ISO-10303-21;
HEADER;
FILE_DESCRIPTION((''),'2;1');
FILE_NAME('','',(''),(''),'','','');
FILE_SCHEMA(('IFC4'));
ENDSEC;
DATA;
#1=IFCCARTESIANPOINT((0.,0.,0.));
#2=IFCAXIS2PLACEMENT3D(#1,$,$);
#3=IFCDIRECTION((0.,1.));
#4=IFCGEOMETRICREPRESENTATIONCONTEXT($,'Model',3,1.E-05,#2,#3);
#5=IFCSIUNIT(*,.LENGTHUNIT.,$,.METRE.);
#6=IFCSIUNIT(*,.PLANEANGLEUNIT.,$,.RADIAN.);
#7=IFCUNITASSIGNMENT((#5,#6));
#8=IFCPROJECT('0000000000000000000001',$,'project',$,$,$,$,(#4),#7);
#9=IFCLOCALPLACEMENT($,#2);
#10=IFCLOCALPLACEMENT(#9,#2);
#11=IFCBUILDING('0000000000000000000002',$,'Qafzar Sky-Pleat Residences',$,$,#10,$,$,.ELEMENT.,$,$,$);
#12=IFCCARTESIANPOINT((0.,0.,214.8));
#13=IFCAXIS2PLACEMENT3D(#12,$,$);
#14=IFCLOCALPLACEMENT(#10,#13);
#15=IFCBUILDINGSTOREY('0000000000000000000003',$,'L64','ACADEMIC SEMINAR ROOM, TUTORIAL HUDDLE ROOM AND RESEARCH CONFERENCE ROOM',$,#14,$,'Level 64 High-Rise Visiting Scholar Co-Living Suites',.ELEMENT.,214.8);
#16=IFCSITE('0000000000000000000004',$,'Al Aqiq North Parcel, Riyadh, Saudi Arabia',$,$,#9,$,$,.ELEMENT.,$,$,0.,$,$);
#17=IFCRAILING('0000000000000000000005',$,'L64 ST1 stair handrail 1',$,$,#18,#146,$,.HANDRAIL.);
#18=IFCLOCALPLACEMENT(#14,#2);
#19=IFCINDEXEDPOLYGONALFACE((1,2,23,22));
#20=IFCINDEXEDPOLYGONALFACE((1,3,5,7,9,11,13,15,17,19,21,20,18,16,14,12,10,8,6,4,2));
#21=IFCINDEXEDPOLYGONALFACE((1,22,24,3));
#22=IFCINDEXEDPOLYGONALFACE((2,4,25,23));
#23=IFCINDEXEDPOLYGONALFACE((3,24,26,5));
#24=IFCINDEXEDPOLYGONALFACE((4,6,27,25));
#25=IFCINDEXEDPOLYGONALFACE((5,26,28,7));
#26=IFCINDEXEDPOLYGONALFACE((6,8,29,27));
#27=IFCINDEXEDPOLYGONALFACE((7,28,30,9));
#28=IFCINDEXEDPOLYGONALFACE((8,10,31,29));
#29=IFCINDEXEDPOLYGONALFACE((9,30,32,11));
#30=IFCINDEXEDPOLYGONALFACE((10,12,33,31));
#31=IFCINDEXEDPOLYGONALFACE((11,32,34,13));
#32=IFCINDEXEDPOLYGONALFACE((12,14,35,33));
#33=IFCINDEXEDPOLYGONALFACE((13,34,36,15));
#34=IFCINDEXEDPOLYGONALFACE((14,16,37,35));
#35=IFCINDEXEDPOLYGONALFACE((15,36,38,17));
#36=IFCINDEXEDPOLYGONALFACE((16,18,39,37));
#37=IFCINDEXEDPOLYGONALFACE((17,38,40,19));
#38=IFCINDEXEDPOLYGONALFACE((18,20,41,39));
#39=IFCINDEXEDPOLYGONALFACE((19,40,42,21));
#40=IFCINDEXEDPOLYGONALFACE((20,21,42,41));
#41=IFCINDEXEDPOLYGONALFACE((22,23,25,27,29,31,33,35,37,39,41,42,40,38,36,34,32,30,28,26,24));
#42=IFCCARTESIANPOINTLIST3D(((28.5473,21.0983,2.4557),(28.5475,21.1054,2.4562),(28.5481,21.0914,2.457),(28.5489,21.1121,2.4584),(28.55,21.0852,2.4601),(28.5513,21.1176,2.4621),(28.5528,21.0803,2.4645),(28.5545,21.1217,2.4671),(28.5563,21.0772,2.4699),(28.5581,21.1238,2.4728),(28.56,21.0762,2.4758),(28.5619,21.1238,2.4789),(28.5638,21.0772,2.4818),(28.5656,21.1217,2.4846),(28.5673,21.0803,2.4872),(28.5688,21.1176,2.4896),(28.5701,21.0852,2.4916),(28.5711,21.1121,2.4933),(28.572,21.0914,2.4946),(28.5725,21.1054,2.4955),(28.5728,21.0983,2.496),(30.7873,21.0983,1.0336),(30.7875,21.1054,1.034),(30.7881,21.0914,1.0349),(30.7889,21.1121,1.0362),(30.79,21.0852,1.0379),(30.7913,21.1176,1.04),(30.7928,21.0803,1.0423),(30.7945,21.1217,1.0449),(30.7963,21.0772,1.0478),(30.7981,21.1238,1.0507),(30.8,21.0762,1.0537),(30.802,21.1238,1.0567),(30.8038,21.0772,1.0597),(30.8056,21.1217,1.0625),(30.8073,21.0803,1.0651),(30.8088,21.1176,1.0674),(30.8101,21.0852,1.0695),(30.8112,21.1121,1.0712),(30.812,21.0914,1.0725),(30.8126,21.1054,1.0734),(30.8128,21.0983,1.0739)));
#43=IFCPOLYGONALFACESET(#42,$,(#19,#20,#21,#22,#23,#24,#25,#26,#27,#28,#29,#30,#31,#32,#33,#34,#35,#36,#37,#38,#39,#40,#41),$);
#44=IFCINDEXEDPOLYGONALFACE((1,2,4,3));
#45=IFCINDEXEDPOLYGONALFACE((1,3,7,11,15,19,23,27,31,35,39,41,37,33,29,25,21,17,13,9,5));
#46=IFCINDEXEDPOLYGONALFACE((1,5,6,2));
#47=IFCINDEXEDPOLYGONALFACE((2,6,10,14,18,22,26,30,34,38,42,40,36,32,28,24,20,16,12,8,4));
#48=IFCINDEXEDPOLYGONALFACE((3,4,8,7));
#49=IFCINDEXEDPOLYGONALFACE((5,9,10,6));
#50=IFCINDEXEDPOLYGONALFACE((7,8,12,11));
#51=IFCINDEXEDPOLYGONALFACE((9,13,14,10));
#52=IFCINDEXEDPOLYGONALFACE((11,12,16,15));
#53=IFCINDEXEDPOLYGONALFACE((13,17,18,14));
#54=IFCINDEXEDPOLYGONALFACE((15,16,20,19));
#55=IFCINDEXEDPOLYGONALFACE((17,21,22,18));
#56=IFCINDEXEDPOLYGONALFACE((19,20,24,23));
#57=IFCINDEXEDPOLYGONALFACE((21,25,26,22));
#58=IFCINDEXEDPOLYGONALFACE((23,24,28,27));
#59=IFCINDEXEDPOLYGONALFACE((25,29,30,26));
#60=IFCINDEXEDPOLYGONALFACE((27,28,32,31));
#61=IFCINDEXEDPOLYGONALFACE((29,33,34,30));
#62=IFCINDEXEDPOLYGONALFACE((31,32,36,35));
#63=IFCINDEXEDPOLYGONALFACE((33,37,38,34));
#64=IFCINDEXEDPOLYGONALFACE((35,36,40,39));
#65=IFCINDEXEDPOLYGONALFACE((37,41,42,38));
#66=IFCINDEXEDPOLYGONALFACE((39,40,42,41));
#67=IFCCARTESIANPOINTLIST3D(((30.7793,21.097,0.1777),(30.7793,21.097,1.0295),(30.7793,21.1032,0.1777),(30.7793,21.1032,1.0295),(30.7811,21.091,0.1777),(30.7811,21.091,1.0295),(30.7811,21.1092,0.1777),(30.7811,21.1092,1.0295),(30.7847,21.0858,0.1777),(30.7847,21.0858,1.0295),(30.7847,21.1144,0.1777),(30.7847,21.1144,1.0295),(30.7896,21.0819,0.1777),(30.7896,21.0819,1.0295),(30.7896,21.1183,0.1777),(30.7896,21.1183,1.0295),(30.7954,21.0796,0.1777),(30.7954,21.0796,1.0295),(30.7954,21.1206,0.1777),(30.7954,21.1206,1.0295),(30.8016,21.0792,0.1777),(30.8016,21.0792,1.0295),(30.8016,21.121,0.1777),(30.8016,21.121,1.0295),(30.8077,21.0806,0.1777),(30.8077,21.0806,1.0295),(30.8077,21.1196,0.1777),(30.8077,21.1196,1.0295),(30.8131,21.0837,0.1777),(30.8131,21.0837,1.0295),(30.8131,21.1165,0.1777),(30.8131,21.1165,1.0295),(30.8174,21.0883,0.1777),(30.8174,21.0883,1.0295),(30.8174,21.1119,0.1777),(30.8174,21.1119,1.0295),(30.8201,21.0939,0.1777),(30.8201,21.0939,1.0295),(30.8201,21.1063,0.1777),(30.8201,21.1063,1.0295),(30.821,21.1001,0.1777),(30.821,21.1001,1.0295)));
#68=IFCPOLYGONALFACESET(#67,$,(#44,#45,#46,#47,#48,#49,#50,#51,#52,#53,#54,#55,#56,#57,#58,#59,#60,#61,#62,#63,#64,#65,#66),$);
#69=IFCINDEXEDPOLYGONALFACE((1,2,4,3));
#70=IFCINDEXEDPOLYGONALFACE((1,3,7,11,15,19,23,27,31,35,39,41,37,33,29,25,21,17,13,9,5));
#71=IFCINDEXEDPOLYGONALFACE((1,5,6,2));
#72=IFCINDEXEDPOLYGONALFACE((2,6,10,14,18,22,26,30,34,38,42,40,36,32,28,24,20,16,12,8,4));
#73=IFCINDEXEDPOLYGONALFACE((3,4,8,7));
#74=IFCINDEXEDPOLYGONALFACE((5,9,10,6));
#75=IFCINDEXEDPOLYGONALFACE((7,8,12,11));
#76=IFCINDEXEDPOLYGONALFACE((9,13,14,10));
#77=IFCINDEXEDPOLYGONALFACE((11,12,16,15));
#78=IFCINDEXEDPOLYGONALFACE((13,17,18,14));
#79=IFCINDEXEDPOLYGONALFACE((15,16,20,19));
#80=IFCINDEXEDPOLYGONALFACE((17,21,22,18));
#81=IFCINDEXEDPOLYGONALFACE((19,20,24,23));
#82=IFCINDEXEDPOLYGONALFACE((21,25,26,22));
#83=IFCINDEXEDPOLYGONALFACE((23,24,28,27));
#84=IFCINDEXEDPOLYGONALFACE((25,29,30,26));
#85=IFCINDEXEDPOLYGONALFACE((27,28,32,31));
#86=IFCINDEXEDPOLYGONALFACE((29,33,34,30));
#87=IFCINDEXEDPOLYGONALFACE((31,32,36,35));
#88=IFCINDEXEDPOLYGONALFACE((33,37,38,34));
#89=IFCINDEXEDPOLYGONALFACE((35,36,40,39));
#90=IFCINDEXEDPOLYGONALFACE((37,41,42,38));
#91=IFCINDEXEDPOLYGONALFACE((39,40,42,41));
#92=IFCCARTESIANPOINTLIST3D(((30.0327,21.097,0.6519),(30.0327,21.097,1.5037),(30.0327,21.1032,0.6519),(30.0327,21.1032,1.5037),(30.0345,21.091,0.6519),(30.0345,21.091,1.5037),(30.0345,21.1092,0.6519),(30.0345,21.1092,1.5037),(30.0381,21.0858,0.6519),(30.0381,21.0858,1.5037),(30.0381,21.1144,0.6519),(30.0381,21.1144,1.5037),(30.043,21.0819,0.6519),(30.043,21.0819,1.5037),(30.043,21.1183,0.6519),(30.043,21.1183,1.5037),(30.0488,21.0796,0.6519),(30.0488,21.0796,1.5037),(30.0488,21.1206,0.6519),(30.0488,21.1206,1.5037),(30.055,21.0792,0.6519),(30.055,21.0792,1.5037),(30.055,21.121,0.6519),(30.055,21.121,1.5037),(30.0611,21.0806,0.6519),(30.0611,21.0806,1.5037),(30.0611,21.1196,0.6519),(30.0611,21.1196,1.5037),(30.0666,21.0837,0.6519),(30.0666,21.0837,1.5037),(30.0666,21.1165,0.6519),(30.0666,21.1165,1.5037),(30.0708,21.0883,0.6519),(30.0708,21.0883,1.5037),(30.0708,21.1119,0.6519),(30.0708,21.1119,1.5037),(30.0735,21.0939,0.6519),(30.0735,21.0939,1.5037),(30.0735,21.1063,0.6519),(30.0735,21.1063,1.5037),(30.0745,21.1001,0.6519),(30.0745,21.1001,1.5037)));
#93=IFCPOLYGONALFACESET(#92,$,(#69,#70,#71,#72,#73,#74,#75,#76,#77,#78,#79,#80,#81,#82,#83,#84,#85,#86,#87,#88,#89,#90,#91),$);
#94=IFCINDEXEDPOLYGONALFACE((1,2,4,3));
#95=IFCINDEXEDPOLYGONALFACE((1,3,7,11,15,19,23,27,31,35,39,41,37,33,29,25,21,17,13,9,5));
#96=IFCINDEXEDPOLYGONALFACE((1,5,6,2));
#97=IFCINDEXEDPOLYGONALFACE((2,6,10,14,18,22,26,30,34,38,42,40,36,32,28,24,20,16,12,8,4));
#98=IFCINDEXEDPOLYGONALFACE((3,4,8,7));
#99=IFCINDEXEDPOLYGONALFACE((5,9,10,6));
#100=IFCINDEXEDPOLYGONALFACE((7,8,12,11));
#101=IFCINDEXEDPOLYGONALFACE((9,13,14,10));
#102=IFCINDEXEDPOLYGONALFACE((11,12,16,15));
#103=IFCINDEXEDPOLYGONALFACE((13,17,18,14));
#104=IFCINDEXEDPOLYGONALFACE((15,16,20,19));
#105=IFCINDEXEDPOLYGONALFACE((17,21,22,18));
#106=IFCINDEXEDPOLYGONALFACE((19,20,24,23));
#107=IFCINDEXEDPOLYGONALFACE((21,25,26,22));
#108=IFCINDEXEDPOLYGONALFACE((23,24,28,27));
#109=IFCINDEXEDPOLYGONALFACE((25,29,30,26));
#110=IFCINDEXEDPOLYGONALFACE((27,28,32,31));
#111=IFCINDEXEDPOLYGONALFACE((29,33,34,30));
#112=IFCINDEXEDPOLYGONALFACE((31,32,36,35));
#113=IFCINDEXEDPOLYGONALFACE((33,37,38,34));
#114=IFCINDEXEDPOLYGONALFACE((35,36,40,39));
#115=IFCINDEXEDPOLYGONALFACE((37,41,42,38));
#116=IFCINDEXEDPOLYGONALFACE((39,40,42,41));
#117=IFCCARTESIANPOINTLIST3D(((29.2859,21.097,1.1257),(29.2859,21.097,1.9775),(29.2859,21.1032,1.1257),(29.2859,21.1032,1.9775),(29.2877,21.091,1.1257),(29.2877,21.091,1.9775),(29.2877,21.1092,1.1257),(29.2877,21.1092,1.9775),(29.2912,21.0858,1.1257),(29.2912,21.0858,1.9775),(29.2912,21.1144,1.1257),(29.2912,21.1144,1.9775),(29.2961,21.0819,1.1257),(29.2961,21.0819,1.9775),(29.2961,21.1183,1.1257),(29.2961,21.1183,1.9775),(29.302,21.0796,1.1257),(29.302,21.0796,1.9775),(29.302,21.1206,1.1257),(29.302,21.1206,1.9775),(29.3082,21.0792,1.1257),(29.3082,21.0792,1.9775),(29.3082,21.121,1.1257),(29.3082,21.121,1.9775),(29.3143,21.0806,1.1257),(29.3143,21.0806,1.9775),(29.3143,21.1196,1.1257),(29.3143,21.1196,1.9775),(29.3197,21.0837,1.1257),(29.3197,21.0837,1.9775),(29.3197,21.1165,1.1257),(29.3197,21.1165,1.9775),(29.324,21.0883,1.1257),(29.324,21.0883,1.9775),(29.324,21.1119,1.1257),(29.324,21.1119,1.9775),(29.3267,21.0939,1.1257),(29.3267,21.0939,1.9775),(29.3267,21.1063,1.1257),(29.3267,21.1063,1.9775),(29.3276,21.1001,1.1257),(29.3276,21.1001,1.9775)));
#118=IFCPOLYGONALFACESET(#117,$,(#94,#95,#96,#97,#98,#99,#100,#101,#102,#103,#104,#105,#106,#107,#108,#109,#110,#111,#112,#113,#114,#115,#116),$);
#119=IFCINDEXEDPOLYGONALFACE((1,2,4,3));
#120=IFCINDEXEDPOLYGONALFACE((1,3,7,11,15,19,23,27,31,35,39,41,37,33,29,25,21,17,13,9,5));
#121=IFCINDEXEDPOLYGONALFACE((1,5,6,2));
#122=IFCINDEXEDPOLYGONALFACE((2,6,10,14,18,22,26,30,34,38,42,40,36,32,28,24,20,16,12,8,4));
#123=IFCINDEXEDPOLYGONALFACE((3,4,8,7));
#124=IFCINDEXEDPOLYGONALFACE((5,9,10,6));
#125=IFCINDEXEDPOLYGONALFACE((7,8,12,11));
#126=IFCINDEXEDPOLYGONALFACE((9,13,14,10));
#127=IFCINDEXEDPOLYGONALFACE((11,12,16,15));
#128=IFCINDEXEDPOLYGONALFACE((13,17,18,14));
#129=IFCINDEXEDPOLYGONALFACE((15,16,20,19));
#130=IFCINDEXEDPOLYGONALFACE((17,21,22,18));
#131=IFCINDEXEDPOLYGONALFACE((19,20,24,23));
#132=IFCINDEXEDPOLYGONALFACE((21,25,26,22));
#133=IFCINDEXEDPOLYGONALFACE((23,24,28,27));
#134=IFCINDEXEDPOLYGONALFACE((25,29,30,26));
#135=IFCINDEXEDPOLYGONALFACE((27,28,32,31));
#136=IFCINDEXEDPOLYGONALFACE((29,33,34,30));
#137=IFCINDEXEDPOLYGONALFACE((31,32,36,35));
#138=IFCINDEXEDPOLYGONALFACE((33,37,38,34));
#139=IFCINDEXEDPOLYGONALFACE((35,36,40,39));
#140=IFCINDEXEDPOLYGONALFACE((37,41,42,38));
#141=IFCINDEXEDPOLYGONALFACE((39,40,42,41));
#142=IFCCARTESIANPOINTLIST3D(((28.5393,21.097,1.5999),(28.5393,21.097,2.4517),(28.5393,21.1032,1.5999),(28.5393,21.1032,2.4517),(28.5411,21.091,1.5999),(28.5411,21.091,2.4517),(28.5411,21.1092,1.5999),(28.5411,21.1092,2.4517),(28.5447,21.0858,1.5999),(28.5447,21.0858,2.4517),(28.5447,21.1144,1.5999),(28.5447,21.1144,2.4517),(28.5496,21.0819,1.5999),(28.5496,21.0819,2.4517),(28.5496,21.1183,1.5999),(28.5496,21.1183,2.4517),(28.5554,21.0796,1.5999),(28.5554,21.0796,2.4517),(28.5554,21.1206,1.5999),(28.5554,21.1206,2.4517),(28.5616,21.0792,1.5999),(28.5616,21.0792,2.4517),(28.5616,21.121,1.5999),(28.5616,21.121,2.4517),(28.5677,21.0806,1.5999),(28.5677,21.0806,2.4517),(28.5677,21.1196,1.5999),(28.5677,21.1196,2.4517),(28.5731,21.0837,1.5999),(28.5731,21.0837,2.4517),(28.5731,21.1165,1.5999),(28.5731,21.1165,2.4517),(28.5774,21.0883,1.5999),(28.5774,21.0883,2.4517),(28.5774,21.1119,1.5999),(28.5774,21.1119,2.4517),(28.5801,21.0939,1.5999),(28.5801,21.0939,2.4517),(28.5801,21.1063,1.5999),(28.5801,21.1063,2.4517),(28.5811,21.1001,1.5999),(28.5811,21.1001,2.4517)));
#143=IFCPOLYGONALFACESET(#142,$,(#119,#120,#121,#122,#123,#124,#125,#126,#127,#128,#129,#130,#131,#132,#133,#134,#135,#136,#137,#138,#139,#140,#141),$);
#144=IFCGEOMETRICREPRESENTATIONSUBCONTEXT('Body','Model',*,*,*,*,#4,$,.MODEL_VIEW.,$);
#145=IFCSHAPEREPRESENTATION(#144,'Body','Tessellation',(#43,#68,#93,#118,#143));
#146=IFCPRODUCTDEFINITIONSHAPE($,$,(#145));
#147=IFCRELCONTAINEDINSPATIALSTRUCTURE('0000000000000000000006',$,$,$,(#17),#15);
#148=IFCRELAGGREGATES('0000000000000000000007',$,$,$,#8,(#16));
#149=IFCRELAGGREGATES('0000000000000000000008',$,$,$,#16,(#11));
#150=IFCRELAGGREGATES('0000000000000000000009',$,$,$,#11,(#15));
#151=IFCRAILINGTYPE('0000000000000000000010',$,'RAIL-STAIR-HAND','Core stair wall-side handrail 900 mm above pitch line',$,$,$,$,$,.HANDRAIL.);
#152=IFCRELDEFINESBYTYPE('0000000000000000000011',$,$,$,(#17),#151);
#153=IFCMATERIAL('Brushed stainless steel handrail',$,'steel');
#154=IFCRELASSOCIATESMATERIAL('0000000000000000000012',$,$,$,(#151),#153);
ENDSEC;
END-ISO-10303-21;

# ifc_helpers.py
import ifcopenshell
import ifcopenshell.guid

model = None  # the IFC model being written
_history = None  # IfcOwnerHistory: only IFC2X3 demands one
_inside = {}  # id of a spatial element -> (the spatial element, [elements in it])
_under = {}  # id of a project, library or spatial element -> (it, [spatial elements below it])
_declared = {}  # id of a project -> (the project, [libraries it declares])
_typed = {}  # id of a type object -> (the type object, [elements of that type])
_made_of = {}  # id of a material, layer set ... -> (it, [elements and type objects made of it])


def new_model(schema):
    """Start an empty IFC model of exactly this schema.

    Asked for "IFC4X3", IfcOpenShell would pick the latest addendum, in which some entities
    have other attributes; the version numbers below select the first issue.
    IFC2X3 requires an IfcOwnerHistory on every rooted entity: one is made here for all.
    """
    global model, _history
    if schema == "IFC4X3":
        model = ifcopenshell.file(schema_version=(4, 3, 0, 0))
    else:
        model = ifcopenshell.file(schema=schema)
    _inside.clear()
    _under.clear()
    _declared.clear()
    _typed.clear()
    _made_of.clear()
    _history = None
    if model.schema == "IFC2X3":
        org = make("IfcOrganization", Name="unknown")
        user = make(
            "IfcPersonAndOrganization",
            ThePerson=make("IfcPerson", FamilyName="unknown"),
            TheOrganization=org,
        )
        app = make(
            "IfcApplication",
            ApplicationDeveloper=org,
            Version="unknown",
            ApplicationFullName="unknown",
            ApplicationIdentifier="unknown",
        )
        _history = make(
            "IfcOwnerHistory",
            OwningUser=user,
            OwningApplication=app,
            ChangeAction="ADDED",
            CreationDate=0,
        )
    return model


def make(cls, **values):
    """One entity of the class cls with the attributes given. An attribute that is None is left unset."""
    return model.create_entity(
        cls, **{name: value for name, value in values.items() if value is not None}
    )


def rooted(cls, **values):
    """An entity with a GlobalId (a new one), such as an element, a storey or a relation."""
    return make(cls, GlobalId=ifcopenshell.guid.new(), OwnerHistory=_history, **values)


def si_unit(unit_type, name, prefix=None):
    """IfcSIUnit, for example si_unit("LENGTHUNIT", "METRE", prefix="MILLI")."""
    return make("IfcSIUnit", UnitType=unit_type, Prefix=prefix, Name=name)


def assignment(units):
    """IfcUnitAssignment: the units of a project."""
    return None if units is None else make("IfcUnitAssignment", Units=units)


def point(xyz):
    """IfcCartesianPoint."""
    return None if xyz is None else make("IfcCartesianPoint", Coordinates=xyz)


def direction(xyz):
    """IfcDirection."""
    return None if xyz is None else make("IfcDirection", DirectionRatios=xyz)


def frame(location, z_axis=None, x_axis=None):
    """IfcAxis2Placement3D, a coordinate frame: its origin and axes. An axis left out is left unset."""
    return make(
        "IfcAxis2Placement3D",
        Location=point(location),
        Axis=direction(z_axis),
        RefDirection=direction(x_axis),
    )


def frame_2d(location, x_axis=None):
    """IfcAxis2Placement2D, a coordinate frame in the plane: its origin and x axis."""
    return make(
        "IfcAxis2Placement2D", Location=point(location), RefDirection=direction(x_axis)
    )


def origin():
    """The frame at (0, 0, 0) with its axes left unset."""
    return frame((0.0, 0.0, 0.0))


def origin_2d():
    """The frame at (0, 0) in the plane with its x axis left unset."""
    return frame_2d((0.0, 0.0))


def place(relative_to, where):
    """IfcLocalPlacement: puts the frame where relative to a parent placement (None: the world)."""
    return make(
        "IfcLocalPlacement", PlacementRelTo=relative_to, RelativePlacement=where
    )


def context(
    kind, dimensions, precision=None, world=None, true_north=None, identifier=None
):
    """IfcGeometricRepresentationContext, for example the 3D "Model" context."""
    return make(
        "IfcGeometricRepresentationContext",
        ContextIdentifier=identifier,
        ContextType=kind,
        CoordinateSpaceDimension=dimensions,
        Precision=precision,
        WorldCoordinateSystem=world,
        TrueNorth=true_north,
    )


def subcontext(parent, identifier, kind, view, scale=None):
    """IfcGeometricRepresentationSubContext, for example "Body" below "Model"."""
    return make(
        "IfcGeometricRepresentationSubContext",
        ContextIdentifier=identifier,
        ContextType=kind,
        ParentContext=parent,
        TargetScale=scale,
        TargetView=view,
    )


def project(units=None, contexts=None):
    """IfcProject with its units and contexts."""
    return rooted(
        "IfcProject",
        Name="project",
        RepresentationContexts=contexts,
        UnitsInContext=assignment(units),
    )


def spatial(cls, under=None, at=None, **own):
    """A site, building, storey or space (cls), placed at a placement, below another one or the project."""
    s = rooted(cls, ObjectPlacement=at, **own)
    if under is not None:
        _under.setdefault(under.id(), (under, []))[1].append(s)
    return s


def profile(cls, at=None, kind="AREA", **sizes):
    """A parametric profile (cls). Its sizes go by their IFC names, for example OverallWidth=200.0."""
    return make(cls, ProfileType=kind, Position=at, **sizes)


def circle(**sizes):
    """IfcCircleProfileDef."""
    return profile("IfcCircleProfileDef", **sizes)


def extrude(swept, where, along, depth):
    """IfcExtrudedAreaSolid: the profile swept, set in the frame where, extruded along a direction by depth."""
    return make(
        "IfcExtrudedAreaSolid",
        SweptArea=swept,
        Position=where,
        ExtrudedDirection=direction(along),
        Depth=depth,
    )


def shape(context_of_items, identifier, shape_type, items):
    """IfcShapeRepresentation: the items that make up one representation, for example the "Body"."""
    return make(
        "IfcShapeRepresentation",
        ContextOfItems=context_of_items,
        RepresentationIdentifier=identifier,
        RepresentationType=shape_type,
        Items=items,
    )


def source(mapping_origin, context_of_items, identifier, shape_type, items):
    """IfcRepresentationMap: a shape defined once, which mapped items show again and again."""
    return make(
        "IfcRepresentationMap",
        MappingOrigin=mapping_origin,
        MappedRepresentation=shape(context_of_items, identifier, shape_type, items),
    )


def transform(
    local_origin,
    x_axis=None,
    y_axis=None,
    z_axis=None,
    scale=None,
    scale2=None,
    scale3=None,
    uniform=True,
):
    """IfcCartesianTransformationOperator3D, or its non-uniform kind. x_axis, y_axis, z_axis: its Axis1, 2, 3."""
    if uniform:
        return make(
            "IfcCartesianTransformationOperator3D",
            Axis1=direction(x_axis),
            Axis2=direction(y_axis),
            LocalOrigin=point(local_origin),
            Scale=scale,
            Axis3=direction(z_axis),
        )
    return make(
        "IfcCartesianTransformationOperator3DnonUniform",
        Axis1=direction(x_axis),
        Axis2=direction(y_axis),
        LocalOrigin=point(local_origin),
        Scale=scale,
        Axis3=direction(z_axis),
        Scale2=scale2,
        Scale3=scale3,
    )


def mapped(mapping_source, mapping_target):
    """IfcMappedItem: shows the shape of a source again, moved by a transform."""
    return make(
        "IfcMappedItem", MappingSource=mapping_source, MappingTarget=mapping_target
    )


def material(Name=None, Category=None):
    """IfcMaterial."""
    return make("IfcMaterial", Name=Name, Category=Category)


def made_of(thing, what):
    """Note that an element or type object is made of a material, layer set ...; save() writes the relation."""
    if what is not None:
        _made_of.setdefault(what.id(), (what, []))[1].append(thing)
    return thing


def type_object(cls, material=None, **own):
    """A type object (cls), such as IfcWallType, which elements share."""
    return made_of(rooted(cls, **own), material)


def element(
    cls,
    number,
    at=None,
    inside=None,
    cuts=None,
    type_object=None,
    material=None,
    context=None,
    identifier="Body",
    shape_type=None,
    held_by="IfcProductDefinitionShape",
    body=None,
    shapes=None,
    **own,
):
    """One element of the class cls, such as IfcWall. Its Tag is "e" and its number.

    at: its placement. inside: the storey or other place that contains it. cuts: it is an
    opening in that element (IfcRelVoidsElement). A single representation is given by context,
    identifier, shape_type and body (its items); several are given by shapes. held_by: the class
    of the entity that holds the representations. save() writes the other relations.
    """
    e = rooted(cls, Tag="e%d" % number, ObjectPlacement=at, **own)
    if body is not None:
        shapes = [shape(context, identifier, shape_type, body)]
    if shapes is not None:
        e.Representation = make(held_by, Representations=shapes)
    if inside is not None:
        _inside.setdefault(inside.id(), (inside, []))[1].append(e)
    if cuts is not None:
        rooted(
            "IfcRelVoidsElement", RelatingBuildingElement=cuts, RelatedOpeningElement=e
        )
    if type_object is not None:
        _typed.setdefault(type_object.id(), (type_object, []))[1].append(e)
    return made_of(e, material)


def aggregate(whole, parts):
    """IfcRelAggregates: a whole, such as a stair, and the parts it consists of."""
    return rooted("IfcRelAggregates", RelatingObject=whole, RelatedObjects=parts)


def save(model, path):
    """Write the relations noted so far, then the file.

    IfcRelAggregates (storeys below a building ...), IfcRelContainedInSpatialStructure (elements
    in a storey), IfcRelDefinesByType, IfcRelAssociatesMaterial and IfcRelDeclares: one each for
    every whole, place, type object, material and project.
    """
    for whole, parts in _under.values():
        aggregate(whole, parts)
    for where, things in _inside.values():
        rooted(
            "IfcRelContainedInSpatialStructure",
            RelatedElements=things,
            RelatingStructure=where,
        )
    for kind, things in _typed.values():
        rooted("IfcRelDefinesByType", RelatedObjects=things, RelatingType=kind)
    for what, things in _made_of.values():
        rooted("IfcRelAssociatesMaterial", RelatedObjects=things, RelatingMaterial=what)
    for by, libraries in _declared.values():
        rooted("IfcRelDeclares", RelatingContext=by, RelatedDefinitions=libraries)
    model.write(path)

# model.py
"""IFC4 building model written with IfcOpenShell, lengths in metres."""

from ifc_helpers import new_model, si_unit, direction, frame, origin, origin_2d, place, context, subcontext, project, spatial, circle, extrude, source, transform, mapped, material, type_object, element, save


model = new_model("IFC4")

# Units and contexts
model_context = context("Model", 3, precision=1e-05, world=origin(), true_north=direction((0.0, 1.0)))
body_context = subcontext(model_context, "Body", "Model", "MODEL_VIEW")
ifc_project = project(units=[si_unit("LENGTHUNIT", "METRE"), si_unit("PLANEANGLEUNIT", "RADIAN")], contexts=[model_context])

# Site, building, storey
site_placement = place(None, origin())
site = spatial("IfcSite", under=ifc_project, at=site_placement, Name="Al Aqiq North Parcel, Riyadh, Saudi Arabia", CompositionType="ELEMENT", RefElevation=0.0)
building_placement = place(site_placement, origin())
building = spatial("IfcBuilding", under=site, at=building_placement, Name="Qafzar Sky-Pleat Residences", CompositionType="ELEMENT")
storey_placement = place(building_placement, frame((0.0, 0.0, 214.8)))
storey = spatial("IfcBuildingStorey", under=building, at=storey_placement, Name="L64", Description="ACADEMIC SEMINAR ROOM, TUTORIAL HUDDLE ROOM AND RESEARCH CONFERENCE ROOM", LongName="Level 64 High-Rise Visiting Scholar Co-Living Suites", CompositionType="ELEMENT", Elevation=214.8)

# Railing
ifc_material_1 = material(Name="Brushed stainless steel handrail", Category="steel")
railing_type_1 = type_object("IfcRailingType", Name="RAIL-STAIR-HAND", Description="Core stair wall-side handrail 900 mm above pitch line", PredefinedType="HANDRAIL", material=ifc_material_1)
shared_shape_1 = source(origin(), body_context, "Body", "SweptSolid", [
    extrude(circle(Radius=0.0239, at=origin_2d()), frame((0.0, 0.0, 0.876), z_axis=(-0.844229, 0.0, 0.535982), x_axis=(0.0, -1.0, 0.0)), (0.0, 0.0, 1.0), 2.6533),
    extrude(circle(Radius=0.021, at=origin_2d()), origin(), (0.0, 0.0, 1.0), 0.8518),
    extrude(circle(Radius=0.021, at=origin_2d()), frame((-0.7466, 0.0, 0.4741)), (0.0, 0.0, 1.0), 0.8518),
    extrude(circle(Radius=0.021, at=origin_2d()), frame((-1.4934, 0.0, 0.948)), (0.0, 0.0, 1.0), 0.8518),
    extrude(circle(Radius=0.021, at=origin_2d()), frame((-2.24, 0.0, 1.4221)), (0.0, 0.0, 1.0), 0.8518),
])
railing_1_placement = place(storey_placement, frame((30.8, 21.1001, 0.1777)))
element("IfcRailing", 1, at=railing_1_placement, inside=storey, type_object=railing_type_1, Name="L64 ST1 stair handrail 1", PredefinedType="HANDRAIL", context=body_context, shape_type="MappedRepresentation", body=[
    mapped(shared_shape_1, transform((0.0, 0.0, 0.0), x_axis=(1.0, 0.0, 0.0), y_axis=(0.0, 1.0, 0.0), z_axis=(0.0, 0.0, 1.0), scale=1.0)),
])

save(model, "model.ifc")
